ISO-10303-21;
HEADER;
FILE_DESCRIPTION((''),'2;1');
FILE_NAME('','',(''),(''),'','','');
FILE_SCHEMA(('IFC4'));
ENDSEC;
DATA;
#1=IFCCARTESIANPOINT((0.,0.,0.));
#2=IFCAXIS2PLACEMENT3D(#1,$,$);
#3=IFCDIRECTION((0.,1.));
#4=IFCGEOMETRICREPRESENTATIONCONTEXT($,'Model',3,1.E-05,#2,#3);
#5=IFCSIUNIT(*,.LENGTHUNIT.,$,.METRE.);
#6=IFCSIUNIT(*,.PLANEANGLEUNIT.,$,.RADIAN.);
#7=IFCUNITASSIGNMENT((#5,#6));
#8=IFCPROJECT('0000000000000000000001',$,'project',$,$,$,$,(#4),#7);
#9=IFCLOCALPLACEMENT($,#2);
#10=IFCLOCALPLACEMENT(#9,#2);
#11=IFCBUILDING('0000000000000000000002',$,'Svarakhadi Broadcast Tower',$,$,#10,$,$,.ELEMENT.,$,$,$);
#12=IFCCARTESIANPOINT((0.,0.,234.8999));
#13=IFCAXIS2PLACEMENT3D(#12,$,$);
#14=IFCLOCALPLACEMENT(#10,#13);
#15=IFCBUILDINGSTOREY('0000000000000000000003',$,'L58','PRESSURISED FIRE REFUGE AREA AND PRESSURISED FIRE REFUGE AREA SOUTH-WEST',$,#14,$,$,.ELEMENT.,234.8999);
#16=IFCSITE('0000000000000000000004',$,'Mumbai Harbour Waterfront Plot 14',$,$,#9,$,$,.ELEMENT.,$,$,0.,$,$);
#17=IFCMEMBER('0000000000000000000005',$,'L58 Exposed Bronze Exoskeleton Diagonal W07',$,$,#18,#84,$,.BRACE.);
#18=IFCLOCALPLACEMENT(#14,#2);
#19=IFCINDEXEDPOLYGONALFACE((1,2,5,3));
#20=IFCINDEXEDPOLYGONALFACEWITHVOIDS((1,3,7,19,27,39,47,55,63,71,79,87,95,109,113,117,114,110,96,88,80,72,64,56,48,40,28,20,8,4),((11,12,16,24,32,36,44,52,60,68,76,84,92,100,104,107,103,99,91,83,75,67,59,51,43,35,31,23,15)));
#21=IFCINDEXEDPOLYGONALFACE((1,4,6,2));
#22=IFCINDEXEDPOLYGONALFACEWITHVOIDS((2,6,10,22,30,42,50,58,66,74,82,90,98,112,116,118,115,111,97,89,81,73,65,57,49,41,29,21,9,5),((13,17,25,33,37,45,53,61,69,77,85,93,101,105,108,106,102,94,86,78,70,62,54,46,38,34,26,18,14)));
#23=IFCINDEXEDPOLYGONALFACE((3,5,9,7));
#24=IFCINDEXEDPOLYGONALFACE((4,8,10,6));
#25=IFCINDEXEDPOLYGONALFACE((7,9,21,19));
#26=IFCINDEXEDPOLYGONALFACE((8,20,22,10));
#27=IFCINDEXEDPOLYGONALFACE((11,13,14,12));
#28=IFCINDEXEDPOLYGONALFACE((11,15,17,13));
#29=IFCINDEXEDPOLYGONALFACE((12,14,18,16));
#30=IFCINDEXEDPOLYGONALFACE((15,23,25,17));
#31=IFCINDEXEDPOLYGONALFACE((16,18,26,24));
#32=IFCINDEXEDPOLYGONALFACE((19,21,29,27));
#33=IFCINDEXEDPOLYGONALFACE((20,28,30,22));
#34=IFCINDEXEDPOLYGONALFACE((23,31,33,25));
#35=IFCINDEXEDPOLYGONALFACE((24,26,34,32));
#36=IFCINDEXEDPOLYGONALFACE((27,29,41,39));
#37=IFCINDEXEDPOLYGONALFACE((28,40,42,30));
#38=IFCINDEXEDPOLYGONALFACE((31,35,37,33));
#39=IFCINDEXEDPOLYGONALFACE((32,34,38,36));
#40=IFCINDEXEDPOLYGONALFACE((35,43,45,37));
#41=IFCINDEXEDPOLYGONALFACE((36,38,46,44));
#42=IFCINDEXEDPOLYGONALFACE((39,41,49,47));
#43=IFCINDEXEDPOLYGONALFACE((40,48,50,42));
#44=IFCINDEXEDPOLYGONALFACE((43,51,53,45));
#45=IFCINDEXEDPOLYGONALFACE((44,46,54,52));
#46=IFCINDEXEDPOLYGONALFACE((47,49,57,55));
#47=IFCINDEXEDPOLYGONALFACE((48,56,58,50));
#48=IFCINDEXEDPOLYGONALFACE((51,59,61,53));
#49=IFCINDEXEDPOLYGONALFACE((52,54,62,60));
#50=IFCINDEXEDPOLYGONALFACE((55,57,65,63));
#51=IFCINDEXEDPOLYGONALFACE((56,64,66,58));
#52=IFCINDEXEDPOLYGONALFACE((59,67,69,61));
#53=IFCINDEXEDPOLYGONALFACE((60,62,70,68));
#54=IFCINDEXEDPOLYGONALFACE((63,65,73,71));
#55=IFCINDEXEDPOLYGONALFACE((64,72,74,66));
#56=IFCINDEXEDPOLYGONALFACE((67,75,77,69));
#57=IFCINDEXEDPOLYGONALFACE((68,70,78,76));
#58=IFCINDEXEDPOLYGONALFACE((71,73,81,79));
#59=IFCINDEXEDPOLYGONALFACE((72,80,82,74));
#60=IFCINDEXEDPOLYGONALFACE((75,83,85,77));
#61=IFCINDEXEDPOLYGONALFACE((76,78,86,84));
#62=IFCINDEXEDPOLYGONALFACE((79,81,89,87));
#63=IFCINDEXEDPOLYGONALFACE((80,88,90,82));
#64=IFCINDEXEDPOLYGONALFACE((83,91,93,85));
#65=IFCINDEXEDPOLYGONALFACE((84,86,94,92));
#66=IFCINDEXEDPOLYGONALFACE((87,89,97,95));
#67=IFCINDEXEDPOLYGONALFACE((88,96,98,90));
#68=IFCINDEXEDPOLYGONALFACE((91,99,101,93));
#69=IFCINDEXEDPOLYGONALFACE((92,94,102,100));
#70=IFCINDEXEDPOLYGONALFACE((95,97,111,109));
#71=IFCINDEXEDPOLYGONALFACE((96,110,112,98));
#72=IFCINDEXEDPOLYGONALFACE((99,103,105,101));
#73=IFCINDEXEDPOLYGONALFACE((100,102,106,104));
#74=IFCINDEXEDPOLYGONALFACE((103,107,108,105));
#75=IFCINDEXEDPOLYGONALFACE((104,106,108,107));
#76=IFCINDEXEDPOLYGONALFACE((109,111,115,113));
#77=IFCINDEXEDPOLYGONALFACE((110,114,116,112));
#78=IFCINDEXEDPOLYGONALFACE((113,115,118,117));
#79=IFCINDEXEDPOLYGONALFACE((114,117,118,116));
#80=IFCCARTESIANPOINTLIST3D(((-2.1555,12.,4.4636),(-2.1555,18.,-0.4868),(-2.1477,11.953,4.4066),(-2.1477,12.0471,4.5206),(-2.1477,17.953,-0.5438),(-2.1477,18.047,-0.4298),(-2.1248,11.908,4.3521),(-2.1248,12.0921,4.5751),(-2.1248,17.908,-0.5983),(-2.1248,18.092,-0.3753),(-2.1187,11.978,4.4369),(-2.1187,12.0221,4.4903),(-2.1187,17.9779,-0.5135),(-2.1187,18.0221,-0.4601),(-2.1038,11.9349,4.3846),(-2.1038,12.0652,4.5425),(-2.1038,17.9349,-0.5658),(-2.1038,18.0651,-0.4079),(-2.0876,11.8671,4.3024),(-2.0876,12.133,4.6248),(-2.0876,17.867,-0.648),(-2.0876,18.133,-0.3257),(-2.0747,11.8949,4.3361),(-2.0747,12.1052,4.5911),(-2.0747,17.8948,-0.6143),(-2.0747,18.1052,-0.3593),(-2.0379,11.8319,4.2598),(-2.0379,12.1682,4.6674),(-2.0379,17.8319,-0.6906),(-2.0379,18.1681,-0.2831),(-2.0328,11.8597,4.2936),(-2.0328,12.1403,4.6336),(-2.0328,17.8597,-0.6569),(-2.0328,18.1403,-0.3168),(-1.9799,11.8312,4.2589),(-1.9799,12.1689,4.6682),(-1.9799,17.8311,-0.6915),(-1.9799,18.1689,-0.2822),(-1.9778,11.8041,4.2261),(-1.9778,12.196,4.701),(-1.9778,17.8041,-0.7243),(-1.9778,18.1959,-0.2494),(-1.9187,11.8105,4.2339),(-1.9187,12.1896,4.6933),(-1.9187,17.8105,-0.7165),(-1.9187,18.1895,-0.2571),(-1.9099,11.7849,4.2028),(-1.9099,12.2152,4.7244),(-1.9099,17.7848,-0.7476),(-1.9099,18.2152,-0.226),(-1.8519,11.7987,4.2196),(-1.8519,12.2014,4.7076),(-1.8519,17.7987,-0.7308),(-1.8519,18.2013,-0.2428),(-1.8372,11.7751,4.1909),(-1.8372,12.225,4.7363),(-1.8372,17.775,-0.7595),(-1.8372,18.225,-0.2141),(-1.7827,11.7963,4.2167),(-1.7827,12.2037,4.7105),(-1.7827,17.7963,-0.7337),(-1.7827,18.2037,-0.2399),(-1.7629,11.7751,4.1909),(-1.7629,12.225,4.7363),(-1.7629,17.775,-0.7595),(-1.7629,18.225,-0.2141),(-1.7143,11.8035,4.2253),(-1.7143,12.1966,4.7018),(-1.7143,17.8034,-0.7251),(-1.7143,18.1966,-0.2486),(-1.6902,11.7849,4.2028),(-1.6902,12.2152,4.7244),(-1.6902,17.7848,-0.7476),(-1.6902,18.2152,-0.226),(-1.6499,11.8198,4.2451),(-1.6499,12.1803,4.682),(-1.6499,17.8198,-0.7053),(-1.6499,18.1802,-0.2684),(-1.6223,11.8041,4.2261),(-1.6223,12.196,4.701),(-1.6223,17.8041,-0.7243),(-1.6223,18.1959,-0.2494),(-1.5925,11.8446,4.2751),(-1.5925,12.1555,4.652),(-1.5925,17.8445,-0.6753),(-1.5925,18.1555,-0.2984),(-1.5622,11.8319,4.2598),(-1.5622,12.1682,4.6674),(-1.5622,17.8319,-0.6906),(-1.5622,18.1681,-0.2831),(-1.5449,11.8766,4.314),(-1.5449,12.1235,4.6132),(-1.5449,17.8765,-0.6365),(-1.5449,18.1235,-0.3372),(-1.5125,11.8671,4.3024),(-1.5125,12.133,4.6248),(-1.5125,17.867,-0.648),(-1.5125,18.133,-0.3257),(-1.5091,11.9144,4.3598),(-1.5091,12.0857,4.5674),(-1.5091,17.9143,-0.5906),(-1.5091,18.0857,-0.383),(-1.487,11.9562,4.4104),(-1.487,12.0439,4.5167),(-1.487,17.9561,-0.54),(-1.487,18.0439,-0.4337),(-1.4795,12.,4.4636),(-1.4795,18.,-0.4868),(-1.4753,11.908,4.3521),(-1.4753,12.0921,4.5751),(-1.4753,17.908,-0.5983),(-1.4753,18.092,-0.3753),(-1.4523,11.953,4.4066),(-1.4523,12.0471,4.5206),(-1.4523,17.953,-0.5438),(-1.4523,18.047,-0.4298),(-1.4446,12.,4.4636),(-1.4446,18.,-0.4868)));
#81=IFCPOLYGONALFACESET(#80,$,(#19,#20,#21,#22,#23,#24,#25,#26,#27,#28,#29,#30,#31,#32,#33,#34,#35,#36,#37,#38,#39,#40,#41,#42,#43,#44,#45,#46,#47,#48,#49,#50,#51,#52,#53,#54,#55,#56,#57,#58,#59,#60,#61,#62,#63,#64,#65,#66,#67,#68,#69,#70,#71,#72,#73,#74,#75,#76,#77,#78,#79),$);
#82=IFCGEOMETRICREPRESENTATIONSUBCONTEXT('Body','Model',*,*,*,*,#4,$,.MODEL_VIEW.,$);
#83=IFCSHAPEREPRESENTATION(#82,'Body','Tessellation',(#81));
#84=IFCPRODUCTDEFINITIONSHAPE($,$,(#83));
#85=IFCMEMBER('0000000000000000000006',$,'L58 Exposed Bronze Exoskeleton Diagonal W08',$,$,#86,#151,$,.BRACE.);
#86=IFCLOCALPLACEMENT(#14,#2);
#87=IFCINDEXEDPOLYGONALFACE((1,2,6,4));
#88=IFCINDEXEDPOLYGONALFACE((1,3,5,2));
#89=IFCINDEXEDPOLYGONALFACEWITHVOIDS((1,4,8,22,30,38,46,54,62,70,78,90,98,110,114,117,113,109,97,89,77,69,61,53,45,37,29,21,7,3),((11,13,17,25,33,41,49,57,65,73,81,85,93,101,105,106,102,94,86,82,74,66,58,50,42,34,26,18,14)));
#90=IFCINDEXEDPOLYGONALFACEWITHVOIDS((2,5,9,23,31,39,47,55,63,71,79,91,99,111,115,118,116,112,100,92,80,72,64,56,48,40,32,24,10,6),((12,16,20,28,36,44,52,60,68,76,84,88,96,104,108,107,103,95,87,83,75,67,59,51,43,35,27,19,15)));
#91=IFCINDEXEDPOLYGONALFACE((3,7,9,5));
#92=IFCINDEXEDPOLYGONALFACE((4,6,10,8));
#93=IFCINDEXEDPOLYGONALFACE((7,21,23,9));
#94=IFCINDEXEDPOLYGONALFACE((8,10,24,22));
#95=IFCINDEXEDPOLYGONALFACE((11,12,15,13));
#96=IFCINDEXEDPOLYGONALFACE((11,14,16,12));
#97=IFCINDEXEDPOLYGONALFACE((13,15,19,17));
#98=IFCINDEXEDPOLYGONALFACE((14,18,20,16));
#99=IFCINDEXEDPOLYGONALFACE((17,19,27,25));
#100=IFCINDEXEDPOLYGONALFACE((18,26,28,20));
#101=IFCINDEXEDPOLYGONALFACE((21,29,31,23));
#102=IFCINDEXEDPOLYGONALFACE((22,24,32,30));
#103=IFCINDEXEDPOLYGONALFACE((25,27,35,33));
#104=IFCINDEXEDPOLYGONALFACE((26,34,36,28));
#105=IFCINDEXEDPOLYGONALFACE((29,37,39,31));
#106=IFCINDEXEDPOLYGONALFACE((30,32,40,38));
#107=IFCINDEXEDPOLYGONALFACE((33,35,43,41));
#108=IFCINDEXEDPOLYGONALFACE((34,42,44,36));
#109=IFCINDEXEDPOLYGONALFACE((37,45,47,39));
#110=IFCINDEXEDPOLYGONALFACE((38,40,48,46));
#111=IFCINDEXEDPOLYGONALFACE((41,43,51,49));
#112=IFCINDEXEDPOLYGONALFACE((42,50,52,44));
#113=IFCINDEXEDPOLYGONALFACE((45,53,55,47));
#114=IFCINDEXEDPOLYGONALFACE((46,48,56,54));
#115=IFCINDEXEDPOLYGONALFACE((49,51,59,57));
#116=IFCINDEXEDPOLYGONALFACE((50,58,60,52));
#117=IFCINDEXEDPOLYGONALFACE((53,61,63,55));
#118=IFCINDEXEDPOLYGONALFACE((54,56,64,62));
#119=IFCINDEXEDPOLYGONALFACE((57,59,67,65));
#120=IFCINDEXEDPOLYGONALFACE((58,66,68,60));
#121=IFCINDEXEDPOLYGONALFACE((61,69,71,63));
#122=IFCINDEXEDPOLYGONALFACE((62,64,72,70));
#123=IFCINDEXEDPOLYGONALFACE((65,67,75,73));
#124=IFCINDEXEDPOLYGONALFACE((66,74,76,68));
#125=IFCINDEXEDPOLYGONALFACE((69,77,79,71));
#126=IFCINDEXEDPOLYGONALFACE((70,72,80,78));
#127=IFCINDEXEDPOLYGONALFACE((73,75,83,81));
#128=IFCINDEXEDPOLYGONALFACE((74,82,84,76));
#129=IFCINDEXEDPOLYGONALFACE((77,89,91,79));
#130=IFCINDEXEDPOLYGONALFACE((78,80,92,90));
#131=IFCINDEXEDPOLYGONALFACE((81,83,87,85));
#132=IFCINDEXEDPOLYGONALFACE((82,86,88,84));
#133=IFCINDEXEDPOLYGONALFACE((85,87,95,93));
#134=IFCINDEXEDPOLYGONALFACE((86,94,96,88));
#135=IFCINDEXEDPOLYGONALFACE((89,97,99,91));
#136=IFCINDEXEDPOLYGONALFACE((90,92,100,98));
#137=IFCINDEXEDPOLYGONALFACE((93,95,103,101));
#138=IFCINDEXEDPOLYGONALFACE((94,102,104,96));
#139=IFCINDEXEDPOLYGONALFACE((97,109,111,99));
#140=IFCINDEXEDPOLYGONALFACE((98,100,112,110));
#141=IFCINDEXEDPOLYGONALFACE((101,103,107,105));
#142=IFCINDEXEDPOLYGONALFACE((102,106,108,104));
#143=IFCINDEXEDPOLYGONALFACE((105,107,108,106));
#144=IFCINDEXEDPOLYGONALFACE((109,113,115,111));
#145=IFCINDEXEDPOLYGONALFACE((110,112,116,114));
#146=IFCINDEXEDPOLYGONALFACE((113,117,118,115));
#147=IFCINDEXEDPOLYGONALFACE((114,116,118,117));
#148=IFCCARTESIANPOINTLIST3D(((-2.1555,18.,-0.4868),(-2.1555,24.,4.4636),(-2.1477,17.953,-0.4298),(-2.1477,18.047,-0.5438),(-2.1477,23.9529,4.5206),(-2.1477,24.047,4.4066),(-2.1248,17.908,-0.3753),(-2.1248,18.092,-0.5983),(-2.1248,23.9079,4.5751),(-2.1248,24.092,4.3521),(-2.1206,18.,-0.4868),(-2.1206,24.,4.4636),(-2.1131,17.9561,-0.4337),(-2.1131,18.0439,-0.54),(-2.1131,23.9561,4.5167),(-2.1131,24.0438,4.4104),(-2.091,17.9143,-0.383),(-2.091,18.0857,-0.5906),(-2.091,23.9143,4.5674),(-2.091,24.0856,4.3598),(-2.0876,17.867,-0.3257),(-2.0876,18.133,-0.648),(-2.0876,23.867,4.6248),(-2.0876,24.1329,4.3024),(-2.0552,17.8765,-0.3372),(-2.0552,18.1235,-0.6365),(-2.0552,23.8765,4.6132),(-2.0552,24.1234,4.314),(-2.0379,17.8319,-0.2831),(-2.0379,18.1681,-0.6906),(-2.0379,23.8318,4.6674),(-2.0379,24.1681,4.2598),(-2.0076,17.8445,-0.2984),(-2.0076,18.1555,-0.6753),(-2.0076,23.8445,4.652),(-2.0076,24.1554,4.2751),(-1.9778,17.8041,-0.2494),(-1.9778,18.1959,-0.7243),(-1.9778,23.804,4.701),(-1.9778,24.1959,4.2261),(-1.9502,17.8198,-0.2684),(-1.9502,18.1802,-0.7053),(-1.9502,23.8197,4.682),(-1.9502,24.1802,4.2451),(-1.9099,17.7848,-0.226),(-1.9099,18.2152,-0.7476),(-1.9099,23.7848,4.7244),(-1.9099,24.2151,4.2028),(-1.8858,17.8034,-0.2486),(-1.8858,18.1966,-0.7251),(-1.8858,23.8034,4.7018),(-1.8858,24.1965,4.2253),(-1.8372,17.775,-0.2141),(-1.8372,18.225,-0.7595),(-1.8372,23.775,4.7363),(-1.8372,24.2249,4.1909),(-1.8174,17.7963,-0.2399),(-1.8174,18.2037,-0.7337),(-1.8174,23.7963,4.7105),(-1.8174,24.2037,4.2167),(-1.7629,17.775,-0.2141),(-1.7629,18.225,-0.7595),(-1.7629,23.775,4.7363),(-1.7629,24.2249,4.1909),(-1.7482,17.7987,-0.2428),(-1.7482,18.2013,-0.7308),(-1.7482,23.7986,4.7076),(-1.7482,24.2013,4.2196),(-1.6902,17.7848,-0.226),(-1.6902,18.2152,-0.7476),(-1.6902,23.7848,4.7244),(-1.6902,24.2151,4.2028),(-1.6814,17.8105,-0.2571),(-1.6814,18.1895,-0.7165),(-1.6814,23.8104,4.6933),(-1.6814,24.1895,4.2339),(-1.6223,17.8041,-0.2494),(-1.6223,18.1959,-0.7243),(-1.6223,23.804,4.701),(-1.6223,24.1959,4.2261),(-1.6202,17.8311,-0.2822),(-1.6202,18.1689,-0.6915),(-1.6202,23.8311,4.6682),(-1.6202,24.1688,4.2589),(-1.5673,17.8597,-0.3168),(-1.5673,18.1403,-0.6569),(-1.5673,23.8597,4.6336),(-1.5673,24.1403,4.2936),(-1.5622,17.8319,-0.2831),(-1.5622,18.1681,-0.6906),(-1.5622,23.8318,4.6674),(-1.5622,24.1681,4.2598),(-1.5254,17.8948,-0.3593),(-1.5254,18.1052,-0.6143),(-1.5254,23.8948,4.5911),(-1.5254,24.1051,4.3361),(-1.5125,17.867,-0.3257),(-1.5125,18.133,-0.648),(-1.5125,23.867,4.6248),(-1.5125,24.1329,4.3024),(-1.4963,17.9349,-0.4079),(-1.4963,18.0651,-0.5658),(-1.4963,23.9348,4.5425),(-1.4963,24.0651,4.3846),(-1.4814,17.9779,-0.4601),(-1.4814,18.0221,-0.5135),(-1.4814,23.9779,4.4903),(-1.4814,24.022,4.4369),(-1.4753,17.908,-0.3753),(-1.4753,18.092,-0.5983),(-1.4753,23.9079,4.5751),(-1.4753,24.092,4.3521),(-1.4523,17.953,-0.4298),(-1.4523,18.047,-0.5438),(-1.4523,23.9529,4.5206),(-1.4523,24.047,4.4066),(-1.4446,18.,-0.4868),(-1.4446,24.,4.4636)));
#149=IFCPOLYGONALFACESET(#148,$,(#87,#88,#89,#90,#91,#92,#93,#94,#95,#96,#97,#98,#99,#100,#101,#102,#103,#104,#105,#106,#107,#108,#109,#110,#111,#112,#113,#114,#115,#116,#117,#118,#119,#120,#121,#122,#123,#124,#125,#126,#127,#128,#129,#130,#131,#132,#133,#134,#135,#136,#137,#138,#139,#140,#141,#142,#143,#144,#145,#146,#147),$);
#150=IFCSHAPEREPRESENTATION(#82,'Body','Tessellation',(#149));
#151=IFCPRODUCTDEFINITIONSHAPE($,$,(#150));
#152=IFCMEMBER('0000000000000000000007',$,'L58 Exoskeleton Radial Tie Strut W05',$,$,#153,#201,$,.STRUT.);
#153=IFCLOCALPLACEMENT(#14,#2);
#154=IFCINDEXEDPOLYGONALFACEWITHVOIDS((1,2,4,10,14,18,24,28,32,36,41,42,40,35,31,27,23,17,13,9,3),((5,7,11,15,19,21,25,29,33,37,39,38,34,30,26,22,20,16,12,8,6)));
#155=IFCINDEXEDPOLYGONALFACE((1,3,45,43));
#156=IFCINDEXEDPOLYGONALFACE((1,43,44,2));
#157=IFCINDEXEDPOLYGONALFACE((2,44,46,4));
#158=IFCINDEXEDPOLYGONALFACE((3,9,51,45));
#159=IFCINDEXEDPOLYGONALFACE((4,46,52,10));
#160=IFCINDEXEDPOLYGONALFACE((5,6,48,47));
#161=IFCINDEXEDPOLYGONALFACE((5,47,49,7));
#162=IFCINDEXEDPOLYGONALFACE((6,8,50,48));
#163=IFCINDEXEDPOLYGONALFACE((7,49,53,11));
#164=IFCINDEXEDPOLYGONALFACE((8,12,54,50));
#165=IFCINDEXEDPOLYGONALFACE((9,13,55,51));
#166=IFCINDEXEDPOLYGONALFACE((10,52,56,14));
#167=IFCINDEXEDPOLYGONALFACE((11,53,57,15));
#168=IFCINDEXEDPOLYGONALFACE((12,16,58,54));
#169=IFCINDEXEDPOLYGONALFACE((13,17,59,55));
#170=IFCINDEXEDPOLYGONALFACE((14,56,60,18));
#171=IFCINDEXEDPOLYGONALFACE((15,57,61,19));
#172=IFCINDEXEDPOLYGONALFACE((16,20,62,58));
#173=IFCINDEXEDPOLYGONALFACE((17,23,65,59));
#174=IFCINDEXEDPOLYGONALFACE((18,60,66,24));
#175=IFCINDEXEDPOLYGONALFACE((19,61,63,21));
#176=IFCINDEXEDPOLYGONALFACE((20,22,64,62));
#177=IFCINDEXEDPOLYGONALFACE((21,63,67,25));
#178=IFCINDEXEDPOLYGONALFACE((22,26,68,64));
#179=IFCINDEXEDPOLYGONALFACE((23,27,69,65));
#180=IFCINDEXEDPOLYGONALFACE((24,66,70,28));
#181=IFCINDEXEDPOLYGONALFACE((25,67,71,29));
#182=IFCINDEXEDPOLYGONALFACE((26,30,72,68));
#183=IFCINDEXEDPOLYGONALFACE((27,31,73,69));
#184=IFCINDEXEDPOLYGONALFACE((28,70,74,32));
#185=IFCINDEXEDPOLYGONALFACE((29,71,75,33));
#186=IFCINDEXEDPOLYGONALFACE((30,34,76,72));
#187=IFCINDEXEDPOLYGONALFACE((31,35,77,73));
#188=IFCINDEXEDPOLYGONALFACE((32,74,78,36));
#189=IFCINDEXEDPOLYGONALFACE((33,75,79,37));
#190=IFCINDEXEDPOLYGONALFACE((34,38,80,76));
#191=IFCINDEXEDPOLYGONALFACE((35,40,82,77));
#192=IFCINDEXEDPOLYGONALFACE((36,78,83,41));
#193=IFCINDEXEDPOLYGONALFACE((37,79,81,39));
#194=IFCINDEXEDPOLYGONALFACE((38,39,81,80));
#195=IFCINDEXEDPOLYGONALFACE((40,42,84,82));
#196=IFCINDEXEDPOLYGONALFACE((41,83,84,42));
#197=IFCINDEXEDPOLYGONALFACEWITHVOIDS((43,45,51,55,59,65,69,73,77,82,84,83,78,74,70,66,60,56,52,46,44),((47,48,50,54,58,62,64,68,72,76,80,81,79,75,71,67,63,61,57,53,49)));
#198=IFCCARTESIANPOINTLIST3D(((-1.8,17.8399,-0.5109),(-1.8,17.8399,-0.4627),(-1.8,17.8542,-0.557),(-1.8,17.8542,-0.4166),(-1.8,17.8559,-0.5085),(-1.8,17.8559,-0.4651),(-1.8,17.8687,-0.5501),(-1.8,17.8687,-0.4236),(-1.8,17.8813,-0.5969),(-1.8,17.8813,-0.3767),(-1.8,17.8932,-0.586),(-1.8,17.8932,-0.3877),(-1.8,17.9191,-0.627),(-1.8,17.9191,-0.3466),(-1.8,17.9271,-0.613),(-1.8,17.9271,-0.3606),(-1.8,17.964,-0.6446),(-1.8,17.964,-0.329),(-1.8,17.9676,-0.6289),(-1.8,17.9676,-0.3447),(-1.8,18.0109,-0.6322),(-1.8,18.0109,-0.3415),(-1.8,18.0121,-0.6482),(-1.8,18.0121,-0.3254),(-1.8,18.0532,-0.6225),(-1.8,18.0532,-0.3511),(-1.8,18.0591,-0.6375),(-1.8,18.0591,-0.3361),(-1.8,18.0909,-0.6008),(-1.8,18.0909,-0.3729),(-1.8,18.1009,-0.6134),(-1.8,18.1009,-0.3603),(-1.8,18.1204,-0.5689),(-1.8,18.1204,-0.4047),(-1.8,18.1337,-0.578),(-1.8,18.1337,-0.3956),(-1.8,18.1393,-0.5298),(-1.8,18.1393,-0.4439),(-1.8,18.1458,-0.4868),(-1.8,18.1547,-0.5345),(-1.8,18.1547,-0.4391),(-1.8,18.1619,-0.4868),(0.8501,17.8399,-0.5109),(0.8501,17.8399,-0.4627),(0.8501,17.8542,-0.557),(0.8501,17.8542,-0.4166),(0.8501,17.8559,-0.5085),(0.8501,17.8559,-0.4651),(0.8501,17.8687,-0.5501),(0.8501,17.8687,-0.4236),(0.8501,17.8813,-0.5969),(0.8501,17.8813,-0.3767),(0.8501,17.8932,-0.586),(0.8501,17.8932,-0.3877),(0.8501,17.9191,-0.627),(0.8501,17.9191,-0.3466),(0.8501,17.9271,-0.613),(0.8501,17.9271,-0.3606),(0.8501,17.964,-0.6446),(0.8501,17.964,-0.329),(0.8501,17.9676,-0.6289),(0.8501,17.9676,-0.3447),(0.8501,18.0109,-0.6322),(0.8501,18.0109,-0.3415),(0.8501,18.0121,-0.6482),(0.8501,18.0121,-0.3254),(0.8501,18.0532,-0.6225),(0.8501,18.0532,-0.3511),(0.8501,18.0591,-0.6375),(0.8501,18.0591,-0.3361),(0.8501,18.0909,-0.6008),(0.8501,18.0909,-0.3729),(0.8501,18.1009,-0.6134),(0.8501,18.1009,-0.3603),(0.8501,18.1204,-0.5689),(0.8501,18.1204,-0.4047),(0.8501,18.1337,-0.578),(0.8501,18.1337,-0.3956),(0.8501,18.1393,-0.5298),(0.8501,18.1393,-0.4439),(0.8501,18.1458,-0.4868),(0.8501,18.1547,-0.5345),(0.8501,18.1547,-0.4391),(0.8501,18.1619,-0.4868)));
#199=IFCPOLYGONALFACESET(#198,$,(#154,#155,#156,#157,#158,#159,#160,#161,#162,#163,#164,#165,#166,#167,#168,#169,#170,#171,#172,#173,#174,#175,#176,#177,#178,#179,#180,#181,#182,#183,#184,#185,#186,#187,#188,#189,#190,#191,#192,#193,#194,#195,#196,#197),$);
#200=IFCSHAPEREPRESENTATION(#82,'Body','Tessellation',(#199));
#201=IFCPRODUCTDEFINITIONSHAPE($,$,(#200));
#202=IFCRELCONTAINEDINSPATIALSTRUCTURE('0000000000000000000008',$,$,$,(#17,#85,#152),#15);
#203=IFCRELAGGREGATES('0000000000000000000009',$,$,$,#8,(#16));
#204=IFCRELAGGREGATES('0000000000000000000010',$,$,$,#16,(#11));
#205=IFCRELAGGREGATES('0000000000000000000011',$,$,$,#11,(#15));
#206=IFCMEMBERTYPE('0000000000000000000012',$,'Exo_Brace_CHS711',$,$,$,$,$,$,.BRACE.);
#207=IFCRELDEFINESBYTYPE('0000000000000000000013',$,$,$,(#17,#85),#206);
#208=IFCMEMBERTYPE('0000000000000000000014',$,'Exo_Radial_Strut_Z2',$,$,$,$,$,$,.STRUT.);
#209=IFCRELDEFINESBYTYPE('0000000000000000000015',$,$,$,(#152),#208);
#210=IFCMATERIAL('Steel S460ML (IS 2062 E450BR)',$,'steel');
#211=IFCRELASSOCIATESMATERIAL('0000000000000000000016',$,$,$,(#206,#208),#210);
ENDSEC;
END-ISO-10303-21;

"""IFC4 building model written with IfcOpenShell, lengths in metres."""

from ifc_helpers import new_model, si_unit, direction, frame, origin, origin_2d, place, context, subcontext, project, spatial, hollow_circle, extrude, material, material_profile, profile_set, type_object, element, save


model = new_model("IFC4")

# Units and contexts
model_context = context("Model", 3, precision=1e-05, world=origin(), true_north=direction((0.0, 1.0)))
body_context = subcontext(model_context, "Body", "Model", "MODEL_VIEW")
ifc_project = project(units=[si_unit("LENGTHUNIT", "METRE"), si_unit("PLANEANGLEUNIT", "RADIAN")], contexts=[model_context])

# Site, building, storey
site_placement = place(None, origin())
site = spatial("IfcSite", under=ifc_project, at=site_placement, Name="Mumbai Harbour Waterfront Plot 14", CompositionType="ELEMENT", RefElevation=0.0)
building_placement = place(site_placement, origin())
building = spatial("IfcBuilding", under=site, at=building_placement, Name="Svarakhadi Broadcast Tower", CompositionType="ELEMENT")
storey_placement = place(building_placement, frame((0.0, 0.0, 234.8999)))
storey = spatial("IfcBuildingStorey", under=building, at=storey_placement, Name="L58", Description="PRESSURISED FIRE REFUGE AREA AND PRESSURISED FIRE REFUGE AREA SOUTH-WEST", CompositionType="ELEMENT", Elevation=234.8999)

# Shared definitions
ifc_material_1 = material(Name="Steel S460ML (IS 2062 E450BR)", Category="steel")

# Members
ifc_material_profile_1 = material_profile(ifc_material_1, hollow_circle(Radius=0.3555, WallThickness=0.0349, at=origin_2d()), Name="CHS 711x35")
ifc_profile_set_1 = profile_set([ifc_material_profile_1], Name="Steel S460ML (IS 2062 E450BR)")
member_type_1 = type_object("IfcMemberType", Name="Exo_Brace_CHS711", PredefinedType="BRACE", material=ifc_profile_set_1)
for number, where, z_axis, x_axis, name in (
    (1, (-1.8, 18.0, -0.4868), (0.0, -0.771346, 0.636417), (1.0, 0.0, 0.0), "L58 Exposed Bronze Exoskeleton Diagonal W07"),
    (2, (-1.8, 18.0, -0.4868), (0.0, 0.771346, 0.636417), (-1.0, 0.0, 0.0), "L58 Exposed Bronze Exoskeleton Diagonal W08"),
):
    element("IfcMember", number, at=place(storey_placement, frame(where, z_axis=z_axis, x_axis=x_axis)), inside=storey, type_object=member_type_1, Name=name, PredefinedType="BRACE", context=body_context, shape_type="SweptSolid", body=[
        extrude(hollow_circle(Radius=0.3555, WallThickness=0.0349, at=origin_2d()), origin(), (0.0, 0.0, 1.0), 7.7786),
    ])
ifc_material_profile_2 = material_profile(ifc_material_1, hollow_circle(Radius=0.1619, WallThickness=0.0161, at=origin_2d()), Name="CHS 323.9x16")
ifc_profile_set_2 = profile_set([ifc_material_profile_2], Name="Steel S460ML (IS 2062 E450BR)")
member_type_2 = type_object("IfcMemberType", Name="Exo_Radial_Strut_Z2", PredefinedType="STRUT", material=ifc_profile_set_2)
member_1_placement = place(storey_placement, frame((-1.8, 18.0, -0.4868), z_axis=(1.0, 0.0, 0.0), x_axis=(0.0, 1.0, 0.0)))
element("IfcMember", 3, at=member_1_placement, inside=storey, type_object=member_type_2, Name="L58 Exoskeleton Radial Tie Strut W05", PredefinedType="STRUT", context=body_context, shape_type="SweptSolid", body=[
    extrude(hollow_circle(Radius=0.1619, WallThickness=0.0161, at=origin_2d()), origin(), (0.0, 0.0, 1.0), 2.6501),
])

save(model, "model.ifc")
